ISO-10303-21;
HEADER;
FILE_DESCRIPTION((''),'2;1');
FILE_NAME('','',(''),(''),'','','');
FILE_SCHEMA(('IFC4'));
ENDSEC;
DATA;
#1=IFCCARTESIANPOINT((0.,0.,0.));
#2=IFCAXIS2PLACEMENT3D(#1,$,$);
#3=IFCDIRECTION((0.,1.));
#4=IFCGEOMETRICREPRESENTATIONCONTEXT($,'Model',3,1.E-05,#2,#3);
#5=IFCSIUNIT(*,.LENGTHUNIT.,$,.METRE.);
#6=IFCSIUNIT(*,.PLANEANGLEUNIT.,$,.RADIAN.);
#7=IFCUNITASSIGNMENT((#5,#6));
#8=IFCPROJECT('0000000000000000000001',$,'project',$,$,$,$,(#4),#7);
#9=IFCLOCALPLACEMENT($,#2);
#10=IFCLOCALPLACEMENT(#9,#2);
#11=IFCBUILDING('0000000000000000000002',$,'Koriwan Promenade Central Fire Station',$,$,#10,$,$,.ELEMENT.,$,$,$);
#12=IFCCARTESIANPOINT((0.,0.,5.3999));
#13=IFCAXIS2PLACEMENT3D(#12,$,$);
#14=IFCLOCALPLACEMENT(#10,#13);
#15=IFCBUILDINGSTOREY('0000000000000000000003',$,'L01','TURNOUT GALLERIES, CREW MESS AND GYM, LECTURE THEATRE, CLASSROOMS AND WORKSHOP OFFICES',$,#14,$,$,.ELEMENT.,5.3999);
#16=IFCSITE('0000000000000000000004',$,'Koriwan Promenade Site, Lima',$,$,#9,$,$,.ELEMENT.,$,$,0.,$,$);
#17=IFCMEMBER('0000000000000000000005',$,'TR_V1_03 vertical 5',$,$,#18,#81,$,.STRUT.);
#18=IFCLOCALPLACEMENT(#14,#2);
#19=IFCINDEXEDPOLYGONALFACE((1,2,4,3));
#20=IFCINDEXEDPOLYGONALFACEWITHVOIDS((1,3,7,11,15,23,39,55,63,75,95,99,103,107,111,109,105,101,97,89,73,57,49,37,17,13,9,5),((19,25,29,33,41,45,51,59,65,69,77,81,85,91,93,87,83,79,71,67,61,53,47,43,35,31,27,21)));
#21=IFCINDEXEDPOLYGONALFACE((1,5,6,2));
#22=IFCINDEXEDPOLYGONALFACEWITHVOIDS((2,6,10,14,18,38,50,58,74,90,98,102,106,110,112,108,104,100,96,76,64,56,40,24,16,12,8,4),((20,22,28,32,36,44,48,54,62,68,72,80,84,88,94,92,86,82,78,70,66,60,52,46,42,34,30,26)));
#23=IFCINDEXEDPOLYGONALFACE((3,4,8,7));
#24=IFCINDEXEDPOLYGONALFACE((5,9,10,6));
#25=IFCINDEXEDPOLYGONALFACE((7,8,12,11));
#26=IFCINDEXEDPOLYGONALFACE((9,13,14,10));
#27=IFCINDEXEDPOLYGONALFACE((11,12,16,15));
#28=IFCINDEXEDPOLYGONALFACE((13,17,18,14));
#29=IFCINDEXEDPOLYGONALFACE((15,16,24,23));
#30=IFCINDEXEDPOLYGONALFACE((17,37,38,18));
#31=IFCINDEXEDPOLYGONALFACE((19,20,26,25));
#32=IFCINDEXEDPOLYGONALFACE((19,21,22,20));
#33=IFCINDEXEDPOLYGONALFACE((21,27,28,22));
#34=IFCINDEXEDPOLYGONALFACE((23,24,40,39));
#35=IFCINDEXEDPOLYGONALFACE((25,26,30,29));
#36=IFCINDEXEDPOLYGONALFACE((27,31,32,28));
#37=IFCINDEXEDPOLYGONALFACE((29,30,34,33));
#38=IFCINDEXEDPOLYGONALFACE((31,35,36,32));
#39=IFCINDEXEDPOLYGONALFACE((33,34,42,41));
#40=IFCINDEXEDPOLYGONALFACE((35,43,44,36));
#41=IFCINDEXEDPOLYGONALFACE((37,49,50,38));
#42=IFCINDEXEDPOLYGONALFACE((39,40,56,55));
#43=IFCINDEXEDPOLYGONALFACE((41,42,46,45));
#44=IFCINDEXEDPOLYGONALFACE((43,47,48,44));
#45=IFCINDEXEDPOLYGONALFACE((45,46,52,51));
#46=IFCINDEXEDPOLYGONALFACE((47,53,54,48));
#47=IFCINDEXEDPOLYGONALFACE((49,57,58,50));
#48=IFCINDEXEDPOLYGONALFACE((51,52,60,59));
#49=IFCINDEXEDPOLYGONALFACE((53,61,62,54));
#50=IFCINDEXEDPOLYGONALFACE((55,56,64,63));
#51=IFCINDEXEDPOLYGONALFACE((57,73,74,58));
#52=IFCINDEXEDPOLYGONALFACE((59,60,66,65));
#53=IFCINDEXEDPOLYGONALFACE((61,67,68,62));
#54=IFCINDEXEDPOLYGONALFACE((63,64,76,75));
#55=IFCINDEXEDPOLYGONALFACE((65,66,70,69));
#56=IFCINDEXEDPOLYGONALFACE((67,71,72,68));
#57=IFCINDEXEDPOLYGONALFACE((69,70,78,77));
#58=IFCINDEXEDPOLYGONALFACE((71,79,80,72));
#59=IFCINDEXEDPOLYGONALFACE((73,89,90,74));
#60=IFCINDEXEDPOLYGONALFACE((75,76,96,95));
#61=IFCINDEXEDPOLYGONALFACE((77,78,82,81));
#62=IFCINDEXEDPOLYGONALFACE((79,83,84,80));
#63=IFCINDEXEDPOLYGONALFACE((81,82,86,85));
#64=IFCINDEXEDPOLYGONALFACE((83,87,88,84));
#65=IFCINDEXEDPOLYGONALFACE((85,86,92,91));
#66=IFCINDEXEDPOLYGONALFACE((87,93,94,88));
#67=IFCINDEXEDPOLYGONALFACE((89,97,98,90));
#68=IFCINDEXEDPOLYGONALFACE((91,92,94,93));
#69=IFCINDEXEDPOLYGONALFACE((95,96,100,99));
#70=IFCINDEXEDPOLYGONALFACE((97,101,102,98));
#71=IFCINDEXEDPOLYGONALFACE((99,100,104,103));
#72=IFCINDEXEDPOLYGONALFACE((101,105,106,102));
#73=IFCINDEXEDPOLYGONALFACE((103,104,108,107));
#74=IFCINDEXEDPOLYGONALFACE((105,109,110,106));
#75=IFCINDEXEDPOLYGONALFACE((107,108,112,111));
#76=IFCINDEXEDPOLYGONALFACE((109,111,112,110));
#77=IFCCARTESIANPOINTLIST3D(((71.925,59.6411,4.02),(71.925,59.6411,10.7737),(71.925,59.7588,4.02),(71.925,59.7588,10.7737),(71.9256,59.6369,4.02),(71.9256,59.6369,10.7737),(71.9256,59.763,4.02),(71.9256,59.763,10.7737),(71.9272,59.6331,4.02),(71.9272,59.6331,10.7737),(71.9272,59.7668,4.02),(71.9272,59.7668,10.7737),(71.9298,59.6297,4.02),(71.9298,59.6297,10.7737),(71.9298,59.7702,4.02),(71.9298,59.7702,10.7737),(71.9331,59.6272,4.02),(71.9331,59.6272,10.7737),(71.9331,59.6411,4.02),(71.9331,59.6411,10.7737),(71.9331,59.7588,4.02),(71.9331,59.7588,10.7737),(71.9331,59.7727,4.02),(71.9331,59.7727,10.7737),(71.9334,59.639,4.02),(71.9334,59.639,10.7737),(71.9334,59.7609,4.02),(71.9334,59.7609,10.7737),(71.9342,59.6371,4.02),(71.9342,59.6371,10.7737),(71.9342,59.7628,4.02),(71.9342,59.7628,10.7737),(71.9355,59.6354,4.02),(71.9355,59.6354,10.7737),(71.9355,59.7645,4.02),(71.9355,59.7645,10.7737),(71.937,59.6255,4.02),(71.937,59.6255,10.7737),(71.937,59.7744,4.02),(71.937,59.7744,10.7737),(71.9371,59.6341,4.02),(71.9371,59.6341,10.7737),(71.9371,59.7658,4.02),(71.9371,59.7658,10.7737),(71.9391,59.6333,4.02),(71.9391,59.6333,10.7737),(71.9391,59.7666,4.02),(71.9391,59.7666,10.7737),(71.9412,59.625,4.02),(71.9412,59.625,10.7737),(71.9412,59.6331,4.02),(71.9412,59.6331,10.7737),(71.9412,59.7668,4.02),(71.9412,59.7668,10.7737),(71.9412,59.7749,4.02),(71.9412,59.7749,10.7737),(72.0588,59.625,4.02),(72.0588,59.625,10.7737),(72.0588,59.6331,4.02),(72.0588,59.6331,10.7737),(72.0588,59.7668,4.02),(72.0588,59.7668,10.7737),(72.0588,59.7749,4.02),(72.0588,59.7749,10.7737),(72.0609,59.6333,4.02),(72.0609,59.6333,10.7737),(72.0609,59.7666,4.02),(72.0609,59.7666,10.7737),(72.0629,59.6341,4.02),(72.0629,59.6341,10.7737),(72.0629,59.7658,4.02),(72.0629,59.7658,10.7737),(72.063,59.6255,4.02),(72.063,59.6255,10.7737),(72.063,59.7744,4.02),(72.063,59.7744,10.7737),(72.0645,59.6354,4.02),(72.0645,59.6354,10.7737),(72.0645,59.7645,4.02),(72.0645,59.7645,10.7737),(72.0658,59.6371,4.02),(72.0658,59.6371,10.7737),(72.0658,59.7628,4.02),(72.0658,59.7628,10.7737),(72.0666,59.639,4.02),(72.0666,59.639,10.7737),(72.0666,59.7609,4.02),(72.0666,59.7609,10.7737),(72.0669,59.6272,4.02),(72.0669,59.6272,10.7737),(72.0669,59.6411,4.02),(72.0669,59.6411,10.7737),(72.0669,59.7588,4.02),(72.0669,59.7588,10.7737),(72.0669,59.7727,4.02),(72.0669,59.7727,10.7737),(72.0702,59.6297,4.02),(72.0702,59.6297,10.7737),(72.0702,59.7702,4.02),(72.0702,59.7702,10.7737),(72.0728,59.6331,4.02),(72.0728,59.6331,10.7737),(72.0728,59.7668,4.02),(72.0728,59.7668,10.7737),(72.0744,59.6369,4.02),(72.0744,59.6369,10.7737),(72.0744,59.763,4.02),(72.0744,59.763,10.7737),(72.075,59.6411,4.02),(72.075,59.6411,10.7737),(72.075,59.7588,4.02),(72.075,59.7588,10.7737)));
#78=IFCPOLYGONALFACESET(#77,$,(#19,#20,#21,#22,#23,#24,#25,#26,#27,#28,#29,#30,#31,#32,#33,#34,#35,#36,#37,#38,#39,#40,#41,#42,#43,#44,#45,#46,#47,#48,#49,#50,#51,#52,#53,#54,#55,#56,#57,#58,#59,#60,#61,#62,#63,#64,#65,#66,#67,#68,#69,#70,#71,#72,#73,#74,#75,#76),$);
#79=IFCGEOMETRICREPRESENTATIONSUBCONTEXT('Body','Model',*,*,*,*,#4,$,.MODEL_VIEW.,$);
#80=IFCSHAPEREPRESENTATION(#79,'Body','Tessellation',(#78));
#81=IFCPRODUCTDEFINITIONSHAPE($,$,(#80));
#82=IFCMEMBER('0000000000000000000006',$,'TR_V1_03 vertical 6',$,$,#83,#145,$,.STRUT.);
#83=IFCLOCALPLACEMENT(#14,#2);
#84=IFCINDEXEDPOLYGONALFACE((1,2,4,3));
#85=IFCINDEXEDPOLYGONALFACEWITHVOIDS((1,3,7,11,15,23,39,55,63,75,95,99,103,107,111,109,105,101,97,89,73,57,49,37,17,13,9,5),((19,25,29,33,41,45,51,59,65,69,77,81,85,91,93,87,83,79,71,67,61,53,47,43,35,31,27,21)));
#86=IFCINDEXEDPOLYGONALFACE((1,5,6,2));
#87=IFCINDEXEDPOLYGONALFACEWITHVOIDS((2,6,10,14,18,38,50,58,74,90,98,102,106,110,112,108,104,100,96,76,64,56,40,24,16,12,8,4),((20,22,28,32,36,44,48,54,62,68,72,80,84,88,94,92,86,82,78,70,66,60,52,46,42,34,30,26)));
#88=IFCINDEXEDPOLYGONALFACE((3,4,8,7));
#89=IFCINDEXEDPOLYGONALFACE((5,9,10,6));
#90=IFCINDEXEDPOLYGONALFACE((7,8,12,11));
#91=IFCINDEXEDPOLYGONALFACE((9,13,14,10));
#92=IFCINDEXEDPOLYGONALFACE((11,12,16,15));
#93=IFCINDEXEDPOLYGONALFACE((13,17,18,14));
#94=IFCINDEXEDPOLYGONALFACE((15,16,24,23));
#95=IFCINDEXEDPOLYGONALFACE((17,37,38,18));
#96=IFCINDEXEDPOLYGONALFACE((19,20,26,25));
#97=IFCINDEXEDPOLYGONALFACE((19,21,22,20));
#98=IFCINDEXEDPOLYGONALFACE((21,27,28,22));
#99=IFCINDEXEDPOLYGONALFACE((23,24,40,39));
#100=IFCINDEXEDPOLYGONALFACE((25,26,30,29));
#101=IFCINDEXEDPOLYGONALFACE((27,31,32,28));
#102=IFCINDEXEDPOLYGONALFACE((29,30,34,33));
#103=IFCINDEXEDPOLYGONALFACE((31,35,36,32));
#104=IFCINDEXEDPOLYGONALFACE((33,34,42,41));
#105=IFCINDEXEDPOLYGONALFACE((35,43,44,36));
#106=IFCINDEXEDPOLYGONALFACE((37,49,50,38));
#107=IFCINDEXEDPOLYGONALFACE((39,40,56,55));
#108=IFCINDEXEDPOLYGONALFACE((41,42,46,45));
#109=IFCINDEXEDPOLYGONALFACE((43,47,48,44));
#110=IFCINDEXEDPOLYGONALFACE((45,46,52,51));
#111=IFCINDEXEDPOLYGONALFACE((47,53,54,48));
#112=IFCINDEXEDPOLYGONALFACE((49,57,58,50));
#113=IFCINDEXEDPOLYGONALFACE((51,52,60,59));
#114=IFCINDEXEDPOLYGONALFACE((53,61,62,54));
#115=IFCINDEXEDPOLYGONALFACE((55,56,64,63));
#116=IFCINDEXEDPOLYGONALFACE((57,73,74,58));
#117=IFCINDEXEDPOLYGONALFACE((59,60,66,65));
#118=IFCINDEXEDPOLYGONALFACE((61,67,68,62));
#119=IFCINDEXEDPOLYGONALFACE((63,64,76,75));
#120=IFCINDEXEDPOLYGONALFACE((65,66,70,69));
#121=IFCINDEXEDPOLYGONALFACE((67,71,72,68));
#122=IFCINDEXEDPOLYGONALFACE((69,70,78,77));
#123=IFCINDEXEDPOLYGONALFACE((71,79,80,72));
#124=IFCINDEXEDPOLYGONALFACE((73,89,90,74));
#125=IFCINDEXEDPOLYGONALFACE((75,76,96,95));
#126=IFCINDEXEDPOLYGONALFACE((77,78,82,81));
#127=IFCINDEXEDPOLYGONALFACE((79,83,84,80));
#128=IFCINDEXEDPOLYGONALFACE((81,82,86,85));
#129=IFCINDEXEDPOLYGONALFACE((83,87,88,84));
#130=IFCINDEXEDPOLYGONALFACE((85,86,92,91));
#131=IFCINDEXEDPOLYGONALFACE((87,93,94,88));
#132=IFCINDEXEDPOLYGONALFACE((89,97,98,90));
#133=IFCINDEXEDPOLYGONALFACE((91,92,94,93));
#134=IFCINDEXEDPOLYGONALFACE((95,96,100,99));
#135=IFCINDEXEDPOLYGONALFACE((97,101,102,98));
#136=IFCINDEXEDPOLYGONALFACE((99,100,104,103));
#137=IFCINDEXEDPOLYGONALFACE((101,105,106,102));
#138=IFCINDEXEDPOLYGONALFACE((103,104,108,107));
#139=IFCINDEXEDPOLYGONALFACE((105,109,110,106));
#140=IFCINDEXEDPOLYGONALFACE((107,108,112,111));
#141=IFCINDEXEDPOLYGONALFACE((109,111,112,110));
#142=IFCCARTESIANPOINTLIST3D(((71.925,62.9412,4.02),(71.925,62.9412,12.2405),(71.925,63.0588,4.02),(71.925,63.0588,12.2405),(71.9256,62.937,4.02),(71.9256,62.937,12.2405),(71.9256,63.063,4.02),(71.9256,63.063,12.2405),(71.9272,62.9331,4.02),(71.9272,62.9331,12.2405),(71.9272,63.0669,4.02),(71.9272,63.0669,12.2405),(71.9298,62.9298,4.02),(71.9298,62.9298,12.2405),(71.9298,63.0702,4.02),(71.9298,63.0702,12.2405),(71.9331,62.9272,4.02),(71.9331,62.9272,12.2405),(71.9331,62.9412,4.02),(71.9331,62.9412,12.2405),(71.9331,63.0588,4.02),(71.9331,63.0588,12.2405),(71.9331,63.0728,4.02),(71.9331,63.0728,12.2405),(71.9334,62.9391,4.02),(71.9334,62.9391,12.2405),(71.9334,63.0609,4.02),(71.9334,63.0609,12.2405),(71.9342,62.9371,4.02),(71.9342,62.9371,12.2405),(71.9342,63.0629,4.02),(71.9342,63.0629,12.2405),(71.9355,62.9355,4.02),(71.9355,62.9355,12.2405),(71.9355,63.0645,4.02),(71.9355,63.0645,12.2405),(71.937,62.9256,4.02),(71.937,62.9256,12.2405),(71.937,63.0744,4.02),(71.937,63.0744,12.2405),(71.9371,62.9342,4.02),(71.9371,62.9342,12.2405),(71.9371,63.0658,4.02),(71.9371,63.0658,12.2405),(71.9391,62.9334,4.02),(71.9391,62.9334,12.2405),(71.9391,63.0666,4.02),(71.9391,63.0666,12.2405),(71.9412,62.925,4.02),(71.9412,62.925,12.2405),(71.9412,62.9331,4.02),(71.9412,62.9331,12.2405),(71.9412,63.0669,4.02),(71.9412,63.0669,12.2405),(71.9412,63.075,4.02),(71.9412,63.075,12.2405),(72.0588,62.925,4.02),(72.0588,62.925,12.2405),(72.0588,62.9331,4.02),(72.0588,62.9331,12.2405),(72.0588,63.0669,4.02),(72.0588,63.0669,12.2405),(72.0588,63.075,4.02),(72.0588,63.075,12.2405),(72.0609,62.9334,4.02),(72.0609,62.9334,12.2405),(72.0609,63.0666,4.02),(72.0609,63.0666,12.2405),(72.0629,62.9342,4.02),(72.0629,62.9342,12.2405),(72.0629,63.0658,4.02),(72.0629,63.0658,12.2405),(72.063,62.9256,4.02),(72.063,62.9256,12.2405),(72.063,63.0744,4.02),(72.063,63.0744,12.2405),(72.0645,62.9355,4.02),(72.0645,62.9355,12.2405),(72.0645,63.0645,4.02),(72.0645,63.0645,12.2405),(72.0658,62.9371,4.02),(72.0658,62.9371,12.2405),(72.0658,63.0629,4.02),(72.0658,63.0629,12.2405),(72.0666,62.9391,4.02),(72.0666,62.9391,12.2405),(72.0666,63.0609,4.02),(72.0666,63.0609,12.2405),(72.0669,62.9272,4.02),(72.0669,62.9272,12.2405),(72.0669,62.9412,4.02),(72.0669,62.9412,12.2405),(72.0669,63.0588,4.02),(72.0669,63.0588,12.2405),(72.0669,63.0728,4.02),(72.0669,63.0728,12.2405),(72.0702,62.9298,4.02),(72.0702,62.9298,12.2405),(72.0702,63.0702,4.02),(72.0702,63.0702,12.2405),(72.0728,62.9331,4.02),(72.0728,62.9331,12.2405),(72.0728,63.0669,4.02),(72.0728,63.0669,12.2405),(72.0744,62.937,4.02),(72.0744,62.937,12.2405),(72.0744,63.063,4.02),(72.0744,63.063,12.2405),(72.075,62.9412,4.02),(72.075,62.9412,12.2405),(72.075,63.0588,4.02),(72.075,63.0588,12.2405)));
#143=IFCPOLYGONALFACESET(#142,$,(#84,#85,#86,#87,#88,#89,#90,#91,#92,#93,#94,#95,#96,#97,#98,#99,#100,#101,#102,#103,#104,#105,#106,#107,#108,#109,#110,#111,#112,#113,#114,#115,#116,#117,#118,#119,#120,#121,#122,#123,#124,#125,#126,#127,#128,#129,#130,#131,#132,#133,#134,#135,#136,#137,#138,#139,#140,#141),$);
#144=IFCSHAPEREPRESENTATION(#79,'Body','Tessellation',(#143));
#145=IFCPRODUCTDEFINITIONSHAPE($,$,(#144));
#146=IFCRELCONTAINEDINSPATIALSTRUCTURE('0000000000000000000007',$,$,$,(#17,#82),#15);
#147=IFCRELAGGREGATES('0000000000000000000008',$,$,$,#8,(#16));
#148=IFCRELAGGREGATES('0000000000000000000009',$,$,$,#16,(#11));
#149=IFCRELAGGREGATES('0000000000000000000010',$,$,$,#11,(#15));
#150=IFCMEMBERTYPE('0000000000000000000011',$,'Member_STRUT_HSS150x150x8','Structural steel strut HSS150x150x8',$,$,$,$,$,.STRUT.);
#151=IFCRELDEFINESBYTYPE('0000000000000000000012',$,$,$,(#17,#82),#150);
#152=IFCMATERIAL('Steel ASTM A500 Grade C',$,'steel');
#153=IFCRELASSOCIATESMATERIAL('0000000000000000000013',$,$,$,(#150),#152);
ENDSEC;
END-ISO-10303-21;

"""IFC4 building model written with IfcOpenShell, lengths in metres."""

from ifc_helpers import new_model, si_unit, direction, frame, origin, origin_2d, place, context, subcontext, project, spatial, hollow_rectangle, extrude, material, material_profile, profile_set, type_object, element, save


model = new_model("IFC4")

# Units and contexts
model_context = context("Model", 3, precision=1e-05, world=origin(), true_north=direction((0.0, 1.0)))
body_context = subcontext(model_context, "Body", "Model", "MODEL_VIEW")
ifc_project = project(units=[si_unit("LENGTHUNIT", "METRE"), si_unit("PLANEANGLEUNIT", "RADIAN")], contexts=[model_context])

# Site, building, storey
site_placement = place(None, origin())
site = spatial("IfcSite", under=ifc_project, at=site_placement, Name="Koriwan Promenade Site, Lima", CompositionType="ELEMENT", RefElevation=0.0)
building_placement = place(site_placement, origin())
building = spatial("IfcBuilding", under=site, at=building_placement, Name="Koriwan Promenade Central Fire Station", CompositionType="ELEMENT")
storey_placement = place(building_placement, frame((0.0, 0.0, 5.3999)))
storey = spatial("IfcBuildingStorey", under=building, at=storey_placement, Name="L01", Description="TURNOUT GALLERIES, CREW MESS AND GYM, LECTURE THEATRE, CLASSROOMS AND WORKSHOP OFFICES", CompositionType="ELEMENT", Elevation=5.3999)

# Members
ifc_material_1 = material(Name="Steel ASTM A500 Grade C", Category="steel")
ifc_material_profile_1 = material_profile(ifc_material_1, hollow_rectangle(XDim=0.1499, YDim=0.1499, WallThickness=0.0081, InnerFilletRadius=0.0081, OuterFilletRadius=0.0161, at=origin_2d()), Name="HSS150x150x8")
ifc_profile_set_1 = profile_set([ifc_material_profile_1], Name="Steel ASTM A500 Grade C")
member_type_1 = type_object("IfcMemberType", Name="Member_STRUT_HSS150x150x8", Description="Structural steel strut HSS150x150x8", PredefinedType="STRUT", material=ifc_profile_set_1)
member_1_placement = place(storey_placement, frame((72.0, 59.7, 4.02), z_axis=(0.0, 0.0, 1.0), x_axis=(1.0, 0.0, 0.0)))
element("IfcMember", 1, at=member_1_placement, inside=storey, type_object=member_type_1, Name="TR_V1_03 vertical 5", PredefinedType="STRUT", context=body_context, shape_type="SweptSolid", body=[
    extrude(hollow_rectangle(XDim=0.1499, YDim=0.1499, WallThickness=0.0081, InnerFilletRadius=0.0081, OuterFilletRadius=0.0161, at=origin_2d()), origin(), (0.0, 0.0, 1.0), 6.7537),
])
member_2_placement = place(storey_placement, frame((72.0, 63.0, 4.02), z_axis=(0.0, 0.0, 1.0), x_axis=(1.0, 0.0, 0.0)))
element("IfcMember", 2, at=member_2_placement, inside=storey, type_object=member_type_1, Name="TR_V1_03 vertical 6", PredefinedType="STRUT", context=body_context, shape_type="SweptSolid", body=[
    extrude(hollow_rectangle(XDim=0.1499, YDim=0.1499, WallThickness=0.0081, InnerFilletRadius=0.0081, OuterFilletRadius=0.0161, at=origin_2d()), origin(), (0.0, 0.0, 1.0), 8.2205),
])

save(model, "model.ifc")
